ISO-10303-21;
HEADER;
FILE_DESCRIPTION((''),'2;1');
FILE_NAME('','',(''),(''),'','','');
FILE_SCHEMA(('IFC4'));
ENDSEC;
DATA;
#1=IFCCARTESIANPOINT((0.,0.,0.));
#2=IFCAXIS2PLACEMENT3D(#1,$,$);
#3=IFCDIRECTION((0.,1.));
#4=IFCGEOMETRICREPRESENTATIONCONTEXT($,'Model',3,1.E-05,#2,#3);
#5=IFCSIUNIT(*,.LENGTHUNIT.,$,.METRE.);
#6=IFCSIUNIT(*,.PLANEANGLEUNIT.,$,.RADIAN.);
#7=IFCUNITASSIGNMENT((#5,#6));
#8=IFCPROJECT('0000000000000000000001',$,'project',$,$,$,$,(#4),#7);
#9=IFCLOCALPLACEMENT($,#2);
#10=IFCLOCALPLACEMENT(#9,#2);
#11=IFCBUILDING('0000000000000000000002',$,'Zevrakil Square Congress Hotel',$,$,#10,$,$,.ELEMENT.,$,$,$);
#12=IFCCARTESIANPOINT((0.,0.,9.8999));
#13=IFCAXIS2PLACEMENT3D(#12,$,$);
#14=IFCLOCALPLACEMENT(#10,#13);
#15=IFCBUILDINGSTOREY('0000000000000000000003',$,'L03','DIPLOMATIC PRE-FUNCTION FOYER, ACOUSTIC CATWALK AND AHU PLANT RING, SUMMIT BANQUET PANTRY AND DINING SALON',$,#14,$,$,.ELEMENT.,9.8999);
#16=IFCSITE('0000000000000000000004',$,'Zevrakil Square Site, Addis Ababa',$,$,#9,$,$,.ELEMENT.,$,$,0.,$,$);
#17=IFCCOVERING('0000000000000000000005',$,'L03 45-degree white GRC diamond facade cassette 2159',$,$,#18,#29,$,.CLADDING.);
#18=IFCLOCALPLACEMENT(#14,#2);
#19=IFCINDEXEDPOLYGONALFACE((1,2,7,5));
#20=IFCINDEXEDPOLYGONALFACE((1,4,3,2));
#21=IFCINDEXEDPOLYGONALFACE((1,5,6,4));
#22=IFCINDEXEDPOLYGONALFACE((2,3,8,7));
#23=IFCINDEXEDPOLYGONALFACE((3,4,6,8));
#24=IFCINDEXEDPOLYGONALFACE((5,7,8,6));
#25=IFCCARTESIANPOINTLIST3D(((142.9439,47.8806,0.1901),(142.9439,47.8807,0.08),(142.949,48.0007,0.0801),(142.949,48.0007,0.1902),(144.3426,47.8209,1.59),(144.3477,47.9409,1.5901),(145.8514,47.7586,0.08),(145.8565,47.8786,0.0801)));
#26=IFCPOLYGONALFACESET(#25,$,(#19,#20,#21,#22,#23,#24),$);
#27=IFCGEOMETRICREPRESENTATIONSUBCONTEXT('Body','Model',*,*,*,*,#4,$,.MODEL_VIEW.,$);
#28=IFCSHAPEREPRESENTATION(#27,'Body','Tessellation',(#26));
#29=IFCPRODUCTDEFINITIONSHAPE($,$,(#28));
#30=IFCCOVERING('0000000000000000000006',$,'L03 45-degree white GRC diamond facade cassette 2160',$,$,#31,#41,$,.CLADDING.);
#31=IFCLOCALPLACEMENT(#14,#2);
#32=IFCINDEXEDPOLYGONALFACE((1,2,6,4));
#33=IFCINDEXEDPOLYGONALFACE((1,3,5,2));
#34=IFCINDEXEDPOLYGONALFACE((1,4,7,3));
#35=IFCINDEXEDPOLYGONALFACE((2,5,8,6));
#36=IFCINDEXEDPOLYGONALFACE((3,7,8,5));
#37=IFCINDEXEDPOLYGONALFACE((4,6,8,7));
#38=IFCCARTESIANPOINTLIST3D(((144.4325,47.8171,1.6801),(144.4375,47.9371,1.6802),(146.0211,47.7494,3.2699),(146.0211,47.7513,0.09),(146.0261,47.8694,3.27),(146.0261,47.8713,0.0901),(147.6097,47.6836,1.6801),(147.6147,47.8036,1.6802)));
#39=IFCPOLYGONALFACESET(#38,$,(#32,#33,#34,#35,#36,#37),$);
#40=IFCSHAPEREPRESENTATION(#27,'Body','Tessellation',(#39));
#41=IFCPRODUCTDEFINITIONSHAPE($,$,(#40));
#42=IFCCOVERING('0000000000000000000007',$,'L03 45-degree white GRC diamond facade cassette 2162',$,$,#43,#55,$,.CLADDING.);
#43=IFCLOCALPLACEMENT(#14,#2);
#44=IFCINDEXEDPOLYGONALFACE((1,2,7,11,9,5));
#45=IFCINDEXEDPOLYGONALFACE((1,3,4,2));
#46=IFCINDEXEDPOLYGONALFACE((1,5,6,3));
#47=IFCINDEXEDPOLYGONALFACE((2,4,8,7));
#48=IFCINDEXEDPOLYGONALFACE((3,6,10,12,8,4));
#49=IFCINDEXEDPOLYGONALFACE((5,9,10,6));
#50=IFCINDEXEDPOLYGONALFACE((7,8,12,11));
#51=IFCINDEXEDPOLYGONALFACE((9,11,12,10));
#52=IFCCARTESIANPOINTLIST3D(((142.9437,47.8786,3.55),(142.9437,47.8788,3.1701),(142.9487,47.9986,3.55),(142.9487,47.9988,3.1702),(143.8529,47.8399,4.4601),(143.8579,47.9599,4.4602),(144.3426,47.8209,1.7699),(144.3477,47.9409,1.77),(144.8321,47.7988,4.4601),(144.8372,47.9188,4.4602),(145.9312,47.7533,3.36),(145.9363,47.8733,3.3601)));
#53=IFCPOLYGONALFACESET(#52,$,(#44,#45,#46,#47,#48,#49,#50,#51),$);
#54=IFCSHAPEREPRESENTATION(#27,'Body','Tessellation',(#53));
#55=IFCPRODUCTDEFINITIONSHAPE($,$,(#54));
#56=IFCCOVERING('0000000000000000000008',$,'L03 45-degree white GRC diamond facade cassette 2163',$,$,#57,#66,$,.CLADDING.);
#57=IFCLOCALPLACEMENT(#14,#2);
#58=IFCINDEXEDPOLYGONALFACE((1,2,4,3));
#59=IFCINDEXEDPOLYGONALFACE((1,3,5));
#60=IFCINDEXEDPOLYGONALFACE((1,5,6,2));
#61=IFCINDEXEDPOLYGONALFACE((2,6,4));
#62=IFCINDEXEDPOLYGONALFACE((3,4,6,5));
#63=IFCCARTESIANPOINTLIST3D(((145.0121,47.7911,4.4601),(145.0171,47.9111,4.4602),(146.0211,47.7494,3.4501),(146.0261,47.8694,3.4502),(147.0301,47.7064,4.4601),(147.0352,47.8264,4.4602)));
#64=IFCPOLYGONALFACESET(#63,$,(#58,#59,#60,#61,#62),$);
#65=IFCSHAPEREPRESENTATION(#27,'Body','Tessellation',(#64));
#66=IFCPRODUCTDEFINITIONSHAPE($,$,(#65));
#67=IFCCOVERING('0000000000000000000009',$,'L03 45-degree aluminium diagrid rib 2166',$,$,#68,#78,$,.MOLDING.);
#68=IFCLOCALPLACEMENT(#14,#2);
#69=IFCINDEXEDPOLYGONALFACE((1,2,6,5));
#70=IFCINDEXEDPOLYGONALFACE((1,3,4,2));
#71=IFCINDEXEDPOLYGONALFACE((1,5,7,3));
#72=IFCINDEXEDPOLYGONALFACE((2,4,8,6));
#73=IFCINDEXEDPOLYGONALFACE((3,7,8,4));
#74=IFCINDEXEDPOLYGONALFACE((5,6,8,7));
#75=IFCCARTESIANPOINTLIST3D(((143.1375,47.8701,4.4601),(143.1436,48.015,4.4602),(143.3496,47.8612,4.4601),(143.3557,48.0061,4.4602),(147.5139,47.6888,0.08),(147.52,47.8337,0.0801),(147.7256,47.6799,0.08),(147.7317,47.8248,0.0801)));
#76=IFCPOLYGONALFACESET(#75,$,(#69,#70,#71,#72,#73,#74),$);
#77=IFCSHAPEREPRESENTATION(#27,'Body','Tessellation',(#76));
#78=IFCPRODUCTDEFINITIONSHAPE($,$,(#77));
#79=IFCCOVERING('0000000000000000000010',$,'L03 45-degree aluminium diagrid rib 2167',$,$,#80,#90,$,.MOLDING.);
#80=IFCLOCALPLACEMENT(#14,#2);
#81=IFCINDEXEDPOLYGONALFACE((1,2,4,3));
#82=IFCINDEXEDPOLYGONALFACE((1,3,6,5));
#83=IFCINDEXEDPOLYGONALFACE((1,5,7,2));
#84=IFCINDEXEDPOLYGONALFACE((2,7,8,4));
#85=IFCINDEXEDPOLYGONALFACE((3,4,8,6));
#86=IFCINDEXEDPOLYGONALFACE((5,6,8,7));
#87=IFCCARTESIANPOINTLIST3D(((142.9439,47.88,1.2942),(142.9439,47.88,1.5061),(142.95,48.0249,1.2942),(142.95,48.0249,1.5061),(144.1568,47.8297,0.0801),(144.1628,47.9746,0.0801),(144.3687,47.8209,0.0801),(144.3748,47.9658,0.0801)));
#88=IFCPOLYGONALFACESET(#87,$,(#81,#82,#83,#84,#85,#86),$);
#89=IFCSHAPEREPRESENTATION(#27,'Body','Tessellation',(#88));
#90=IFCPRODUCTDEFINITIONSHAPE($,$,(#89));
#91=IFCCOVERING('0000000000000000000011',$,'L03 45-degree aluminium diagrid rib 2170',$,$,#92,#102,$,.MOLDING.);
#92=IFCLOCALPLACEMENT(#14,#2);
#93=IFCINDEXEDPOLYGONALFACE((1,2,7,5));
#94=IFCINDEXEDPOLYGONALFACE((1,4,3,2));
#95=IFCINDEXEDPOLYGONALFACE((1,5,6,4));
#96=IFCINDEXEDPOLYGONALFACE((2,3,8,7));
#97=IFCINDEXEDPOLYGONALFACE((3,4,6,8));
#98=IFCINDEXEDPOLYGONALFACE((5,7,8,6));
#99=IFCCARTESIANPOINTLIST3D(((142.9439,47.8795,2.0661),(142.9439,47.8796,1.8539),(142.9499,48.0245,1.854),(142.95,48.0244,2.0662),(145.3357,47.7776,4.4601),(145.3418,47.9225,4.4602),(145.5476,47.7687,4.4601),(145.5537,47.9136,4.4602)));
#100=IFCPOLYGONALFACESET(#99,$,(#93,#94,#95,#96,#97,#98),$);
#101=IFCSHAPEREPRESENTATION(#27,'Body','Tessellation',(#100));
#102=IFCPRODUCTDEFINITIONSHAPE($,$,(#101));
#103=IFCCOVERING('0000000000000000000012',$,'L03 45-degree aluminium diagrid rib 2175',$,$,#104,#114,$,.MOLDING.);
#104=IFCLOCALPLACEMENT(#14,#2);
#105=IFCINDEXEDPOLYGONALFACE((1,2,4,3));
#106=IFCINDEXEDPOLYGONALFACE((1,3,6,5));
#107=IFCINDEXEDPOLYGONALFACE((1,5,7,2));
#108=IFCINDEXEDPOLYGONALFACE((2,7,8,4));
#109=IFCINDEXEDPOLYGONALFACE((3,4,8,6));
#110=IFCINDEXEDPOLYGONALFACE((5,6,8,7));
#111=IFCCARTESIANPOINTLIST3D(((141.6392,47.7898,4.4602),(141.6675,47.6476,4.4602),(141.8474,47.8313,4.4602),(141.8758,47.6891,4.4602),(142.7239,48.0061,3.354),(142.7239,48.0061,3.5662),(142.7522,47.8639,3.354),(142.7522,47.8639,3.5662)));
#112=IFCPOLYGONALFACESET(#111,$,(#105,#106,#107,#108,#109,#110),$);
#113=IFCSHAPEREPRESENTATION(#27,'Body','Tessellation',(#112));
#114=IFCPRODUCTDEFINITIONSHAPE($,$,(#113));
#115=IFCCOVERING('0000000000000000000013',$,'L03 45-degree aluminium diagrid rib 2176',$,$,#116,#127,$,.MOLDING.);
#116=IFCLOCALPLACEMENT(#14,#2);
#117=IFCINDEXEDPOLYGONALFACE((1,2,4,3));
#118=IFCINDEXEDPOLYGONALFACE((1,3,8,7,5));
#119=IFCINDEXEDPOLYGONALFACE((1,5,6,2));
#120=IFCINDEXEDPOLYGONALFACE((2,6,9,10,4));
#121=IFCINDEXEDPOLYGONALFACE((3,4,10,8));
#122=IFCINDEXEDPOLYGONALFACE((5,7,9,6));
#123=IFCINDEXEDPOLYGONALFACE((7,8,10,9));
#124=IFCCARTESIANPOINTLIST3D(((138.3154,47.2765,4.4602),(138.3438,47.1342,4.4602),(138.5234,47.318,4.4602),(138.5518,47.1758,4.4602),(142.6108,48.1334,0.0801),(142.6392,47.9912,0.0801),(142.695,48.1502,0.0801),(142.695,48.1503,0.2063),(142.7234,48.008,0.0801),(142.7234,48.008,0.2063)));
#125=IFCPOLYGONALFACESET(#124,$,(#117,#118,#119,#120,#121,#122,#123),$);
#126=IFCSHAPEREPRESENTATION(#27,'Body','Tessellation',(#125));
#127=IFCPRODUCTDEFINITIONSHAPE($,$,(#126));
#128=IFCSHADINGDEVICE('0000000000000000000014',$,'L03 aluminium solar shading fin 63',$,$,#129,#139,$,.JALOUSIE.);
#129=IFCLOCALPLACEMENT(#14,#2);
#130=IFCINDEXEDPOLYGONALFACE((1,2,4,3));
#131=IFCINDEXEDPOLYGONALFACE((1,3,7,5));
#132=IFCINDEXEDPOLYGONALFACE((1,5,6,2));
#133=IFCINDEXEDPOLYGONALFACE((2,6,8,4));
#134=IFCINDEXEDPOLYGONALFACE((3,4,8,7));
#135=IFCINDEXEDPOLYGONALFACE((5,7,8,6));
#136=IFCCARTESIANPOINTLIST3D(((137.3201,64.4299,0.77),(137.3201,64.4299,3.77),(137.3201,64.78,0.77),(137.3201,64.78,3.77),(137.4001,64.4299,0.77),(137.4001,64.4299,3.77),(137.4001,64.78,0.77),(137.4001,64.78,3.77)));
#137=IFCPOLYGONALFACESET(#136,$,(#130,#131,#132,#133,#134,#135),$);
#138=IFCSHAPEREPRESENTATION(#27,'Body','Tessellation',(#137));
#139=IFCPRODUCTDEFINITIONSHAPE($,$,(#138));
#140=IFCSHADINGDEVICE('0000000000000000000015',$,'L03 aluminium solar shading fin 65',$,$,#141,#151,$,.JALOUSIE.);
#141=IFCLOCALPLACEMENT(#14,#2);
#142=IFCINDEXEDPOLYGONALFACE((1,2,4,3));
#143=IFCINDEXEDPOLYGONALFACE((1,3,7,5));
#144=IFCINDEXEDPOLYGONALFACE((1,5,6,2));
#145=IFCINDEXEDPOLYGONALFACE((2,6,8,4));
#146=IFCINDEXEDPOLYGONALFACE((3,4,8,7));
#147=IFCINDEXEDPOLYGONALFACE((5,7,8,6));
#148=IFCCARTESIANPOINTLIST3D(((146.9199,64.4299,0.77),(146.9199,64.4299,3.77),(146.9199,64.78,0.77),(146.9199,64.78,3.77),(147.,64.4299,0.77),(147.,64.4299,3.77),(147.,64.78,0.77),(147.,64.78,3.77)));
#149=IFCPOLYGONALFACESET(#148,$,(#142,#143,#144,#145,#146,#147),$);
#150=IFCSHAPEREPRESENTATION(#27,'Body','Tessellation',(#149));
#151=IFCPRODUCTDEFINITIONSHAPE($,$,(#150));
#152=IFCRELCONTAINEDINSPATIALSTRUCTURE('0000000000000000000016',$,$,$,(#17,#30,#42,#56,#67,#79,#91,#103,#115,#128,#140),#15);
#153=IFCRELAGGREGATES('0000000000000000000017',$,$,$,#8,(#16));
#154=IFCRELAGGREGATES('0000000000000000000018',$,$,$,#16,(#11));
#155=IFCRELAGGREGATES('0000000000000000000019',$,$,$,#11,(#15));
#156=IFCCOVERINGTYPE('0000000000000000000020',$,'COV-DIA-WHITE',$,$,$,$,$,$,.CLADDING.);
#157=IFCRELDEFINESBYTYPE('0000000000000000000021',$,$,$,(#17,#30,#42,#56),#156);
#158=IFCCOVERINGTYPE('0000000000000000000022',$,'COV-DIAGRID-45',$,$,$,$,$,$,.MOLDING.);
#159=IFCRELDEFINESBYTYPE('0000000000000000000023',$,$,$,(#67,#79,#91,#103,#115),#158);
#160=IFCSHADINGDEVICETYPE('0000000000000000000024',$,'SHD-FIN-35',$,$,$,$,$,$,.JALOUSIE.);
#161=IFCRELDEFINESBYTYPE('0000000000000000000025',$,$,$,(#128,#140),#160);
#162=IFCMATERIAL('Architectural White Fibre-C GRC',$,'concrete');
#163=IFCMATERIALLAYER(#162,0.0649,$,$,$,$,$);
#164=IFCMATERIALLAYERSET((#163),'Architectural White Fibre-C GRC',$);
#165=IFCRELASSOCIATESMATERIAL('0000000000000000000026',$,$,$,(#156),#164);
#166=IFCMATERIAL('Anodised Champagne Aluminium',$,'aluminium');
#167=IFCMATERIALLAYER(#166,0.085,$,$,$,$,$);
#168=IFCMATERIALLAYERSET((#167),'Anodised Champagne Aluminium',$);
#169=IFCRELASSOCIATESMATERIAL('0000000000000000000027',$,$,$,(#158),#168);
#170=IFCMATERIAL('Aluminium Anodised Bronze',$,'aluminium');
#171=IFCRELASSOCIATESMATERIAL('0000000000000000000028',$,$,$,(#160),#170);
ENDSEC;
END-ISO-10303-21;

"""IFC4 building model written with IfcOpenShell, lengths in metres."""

from ifc_helpers import new_model, si_unit, direction, frame, origin, origin_2d, place, context, subcontext, project, spatial, polyline, rectangle, outline, extrude, material, layer, layer_set, type_object, element, save


model = new_model("IFC4")

# Units and contexts
model_context = context("Model", 3, precision=1e-05, world=origin(), true_north=direction((0.0, 1.0)))
body_context = subcontext(model_context, "Body", "Model", "MODEL_VIEW")
ifc_project = project(units=[si_unit("LENGTHUNIT", "METRE"), si_unit("PLANEANGLEUNIT", "RADIAN")], contexts=[model_context])

# Site, building, storey
site_placement = place(None, origin())
site = spatial("IfcSite", under=ifc_project, at=site_placement, Name="Zevrakil Square Site, Addis Ababa", CompositionType="ELEMENT", RefElevation=0.0)
building_placement = place(site_placement, origin())
building = spatial("IfcBuilding", under=site, at=building_placement, Name="Zevrakil Square Congress Hotel", CompositionType="ELEMENT")
storey_placement = place(building_placement, frame((0.0, 0.0, 9.8999)))
storey = spatial("IfcBuildingStorey", under=building, at=storey_placement, Name="L03", Description="DIPLOMATIC PRE-FUNCTION FOYER, ACOUSTIC CATWALK AND AHU PLANT RING, SUMMIT BANQUET PANTRY AND DINING SALON", CompositionType="ELEMENT", Elevation=9.8999)

# Coverings
ifc_material_1 = material(Name="Architectural White Fibre-C GRC", Category="concrete")
ifc_layer_1 = layer(ifc_material_1, 0.0649)
ifc_layer_set_1 = layer_set([ifc_layer_1], Name="Architectural White Fibre-C GRC")
covering_type_1 = type_object("IfcCoveringType", Name="COV-DIA-WHITE", PredefinedType="CLADDING", material=ifc_layer_set_1)
covering_1_placement = place(storey_placement, frame((144.3477, 47.9409, 1.5901), z_axis=(0.041974, 0.999118, 0.000697), x_axis=(-0.706475, 0.030173, -0.707095)))
element("IfcCovering", 1, at=covering_1_placement, inside=storey, type_object=covering_type_1, Name="L03 45-degree white GRC diamond facade cassette 2159", PredefinedType="CLADDING", context=body_context, shape_type="SweptSolid", body=[
    extrude(outline(polyline([(0.0, 0.0), (1.9798, 0.0), (2.0577, -0.0779), (-0.0001, -2.1355), (0.0, 0.0)])), origin(), (0.0, 0.0, -1.0), 0.1201),
])
covering_2_placement = place(storey_placement, frame((146.0261, 47.8694, 3.27), z_axis=(0.041995, 0.999118, 0.000614), x_axis=(-0.706515, 0.03013, -0.707056)))
element("IfcCovering", 2, at=covering_2_placement, inside=storey, type_object=covering_type_1, Name="L03 45-degree white GRC diamond facade cassette 2160", PredefinedType="CLADDING", context=body_context, shape_type="SweptSolid", body=[
    extrude(outline(polyline([(0.0, 0.0), (2.2485, 0.0), (2.2484, -2.2487), (-0.0003, -2.2485), (0.0, 0.0)])), origin(), (0.0, 0.0, -1.0), 0.1201),
])
covering_3_placement = place(storey_placement, frame((144.3477, 47.9409, 1.77), z_axis=(0.041943, 0.99912, 0.000593), x_axis=(0.706461, -0.030077, 0.707113)))
element("IfcCovering", 3, at=covering_3_placement, inside=storey, type_object=covering_type_1, Name="L03 45-degree white GRC diamond facade cassette 2162", PredefinedType="CLADDING", context=body_context, shape_type="SweptSolid", body=[
    extrude(outline(polyline([(0.0, 0.0), (2.2487, 0.0), (2.2487, -1.5557), (1.5557, -2.2488), (0.2687, -2.2487), (0.0, -1.9801), (0.0, 0.0)])), origin(), (0.0, 0.0, -1.0), 0.1201),
])
covering_4_placement = place(storey_placement, frame((146.0261, 47.8694, 3.4502), z_axis=(0.041942, 0.99912, 0.000604), x_axis=(0.706445, -0.030083, 0.707129)))
element("IfcCovering", 4, at=covering_4_placement, inside=storey, type_object=covering_type_1, Name="L03 45-degree white GRC diamond facade cassette 2163", PredefinedType="CLADDING", context=body_context, shape_type="SweptSolid", body=[
    extrude(outline(polyline([(0.0, 0.0), (1.4283, 0.0), (0.0001, -1.4283), (0.0, 0.0)])), origin(), (0.0, 0.0, -1.0), 0.1201),
])
ifc_material_2 = material(Name="Anodised Champagne Aluminium", Category="aluminium")
ifc_layer_2 = layer(ifc_material_2, 0.085)
ifc_layer_set_2 = layer_set([ifc_layer_2], Name="Anodised Champagne Aluminium")
covering_type_2 = type_object("IfcCoveringType", Name="COV-DIAGRID-45", PredefinedType="MOLDING", material=ifc_layer_set_2)
covering_5_placement = place(storey_placement, frame((147.52, 47.8337, 0.0801), z_axis=(0.042014, 0.999117, 0.000627), x_axis=(0.999117, -0.042014, 0.0)))
element("IfcCovering", 5, at=covering_5_placement, inside=storey, type_object=covering_type_2, Name="L03 45-degree aluminium diagrid rib 2166", PredefinedType="MOLDING", context=body_context, shape_type="SweptSolid", body=[
    extrude(outline(polyline([(0.0, 0.0), (0.2119, 0.0), (-4.1679, -4.3801), (-4.3802, -4.3801), (0.0, 0.0)])), origin(), (0.0, 0.0, -1.0), 0.145),
])
covering_6_placement = place(storey_placement, frame((144.1628, 47.9746, 0.0801), z_axis=(0.041435, 0.999141, 0.000004), x_axis=(0.999141, -0.041435, 0.0)))
element("IfcCovering", 6, at=covering_6_placement, inside=storey, type_object=covering_type_2, Name="L03 45-degree aluminium diagrid rib 2167", PredefinedType="MOLDING", context=body_context, shape_type="SweptSolid", body=[
    extrude(outline(polyline([(0.0, 0.0), (0.2121, 0.0), (-1.2139, -1.426), (-1.2139, -1.2141), (0.0, 0.0)])), origin(), (0.0, 0.0, -1.0), 0.145),
])
covering_7_placement = place(storey_placement, frame((145.5537, 47.9136, 4.4602), z_axis=(0.042008, 0.999117, 0.000569), x_axis=(-0.999117, 0.042008, 0.0)))
element("IfcCovering", 7, at=covering_7_placement, inside=storey, type_object=covering_type_2, Name="L03 45-degree aluminium diagrid rib 2170", PredefinedType="MOLDING", context=body_context, shape_type="SweptSolid", body=[
    extrude(outline(polyline([(0.0, 0.0), (0.2121, 0.0), (2.6061, -2.394), (2.6061, -2.6062), (0.0, 0.0)])), origin(), (0.0, 0.0, -1.0), 0.145),
])
covering_8_placement = place(storey_placement, frame((142.7239, 48.0061, 3.354), z_axis=(-0.195514, 0.980701, 0.000063), x_axis=(0.000012, -0.000062, 1.0)))
element("IfcCovering", 8, at=covering_8_placement, inside=storey, type_object=covering_type_2, Name="L03 45-degree aluminium diagrid rib 2175", PredefinedType="MOLDING", context=body_context, shape_type="SweptSolid", body=[
    extrude(outline(polyline([(0.0, 0.0), (0.2122, 0.0), (1.1062, -0.8937), (1.1062, -1.1061), (0.0, 0.0)])), origin(), (0.0, 0.0, -1.0), 0.145),
])
covering_9_placement = place(storey_placement, frame((142.6392, 47.9912, 0.0801), z_axis=(0.195758, -0.980652, 0.000109), x_axis=(0.980652, 0.195758, 0.0)))
element("IfcCovering", 9, at=covering_9_placement, inside=storey, type_object=covering_type_2, Name="L03 45-degree aluminium diagrid rib 2176", PredefinedType="MOLDING", context=body_context, shape_type="SweptSolid", body=[
    extrude(outline(polyline([(0.0, 0.0), (0.0859, 0.0), (0.0859, 0.1262), (-4.1679, 4.3801), (-4.3801, 4.3801), (0.0, 0.0)])), origin(), (0.0, 0.0, -1.0), 0.145),
])

# Shading devices
ifc_material_3 = material(Name="Aluminium Anodised Bronze", Category="aluminium")
shading_device_type = type_object("IfcShadingDeviceType", Name="SHD-FIN-35", PredefinedType="JALOUSIE", material=ifc_material_3)
for number, where, z_axis, x_axis, name in (
    (10, (137.3601, 64.605, 0.77), (0.0, 0.0, 1.0), (0.0, -1.0, 0.0), "L03 aluminium solar shading fin 63"),
    (11, (146.96, 64.605, 0.77), (0.0, 0.0, 1.0), (0.0, -1.0, 0.0), "L03 aluminium solar shading fin 65"),
):
    element("IfcShadingDevice", number, at=place(storey_placement, frame(where, z_axis=z_axis, x_axis=x_axis)), inside=storey, type_object=shading_device_type, Name=name, PredefinedType="JALOUSIE", context=body_context, shape_type="SweptSolid", body=[
        extrude(rectangle(XDim=0.3501, YDim=0.0801, at=origin_2d()), origin(), (0.0, 0.0, 1.0), 3.0),
    ])

save(model, "model.ifc")
